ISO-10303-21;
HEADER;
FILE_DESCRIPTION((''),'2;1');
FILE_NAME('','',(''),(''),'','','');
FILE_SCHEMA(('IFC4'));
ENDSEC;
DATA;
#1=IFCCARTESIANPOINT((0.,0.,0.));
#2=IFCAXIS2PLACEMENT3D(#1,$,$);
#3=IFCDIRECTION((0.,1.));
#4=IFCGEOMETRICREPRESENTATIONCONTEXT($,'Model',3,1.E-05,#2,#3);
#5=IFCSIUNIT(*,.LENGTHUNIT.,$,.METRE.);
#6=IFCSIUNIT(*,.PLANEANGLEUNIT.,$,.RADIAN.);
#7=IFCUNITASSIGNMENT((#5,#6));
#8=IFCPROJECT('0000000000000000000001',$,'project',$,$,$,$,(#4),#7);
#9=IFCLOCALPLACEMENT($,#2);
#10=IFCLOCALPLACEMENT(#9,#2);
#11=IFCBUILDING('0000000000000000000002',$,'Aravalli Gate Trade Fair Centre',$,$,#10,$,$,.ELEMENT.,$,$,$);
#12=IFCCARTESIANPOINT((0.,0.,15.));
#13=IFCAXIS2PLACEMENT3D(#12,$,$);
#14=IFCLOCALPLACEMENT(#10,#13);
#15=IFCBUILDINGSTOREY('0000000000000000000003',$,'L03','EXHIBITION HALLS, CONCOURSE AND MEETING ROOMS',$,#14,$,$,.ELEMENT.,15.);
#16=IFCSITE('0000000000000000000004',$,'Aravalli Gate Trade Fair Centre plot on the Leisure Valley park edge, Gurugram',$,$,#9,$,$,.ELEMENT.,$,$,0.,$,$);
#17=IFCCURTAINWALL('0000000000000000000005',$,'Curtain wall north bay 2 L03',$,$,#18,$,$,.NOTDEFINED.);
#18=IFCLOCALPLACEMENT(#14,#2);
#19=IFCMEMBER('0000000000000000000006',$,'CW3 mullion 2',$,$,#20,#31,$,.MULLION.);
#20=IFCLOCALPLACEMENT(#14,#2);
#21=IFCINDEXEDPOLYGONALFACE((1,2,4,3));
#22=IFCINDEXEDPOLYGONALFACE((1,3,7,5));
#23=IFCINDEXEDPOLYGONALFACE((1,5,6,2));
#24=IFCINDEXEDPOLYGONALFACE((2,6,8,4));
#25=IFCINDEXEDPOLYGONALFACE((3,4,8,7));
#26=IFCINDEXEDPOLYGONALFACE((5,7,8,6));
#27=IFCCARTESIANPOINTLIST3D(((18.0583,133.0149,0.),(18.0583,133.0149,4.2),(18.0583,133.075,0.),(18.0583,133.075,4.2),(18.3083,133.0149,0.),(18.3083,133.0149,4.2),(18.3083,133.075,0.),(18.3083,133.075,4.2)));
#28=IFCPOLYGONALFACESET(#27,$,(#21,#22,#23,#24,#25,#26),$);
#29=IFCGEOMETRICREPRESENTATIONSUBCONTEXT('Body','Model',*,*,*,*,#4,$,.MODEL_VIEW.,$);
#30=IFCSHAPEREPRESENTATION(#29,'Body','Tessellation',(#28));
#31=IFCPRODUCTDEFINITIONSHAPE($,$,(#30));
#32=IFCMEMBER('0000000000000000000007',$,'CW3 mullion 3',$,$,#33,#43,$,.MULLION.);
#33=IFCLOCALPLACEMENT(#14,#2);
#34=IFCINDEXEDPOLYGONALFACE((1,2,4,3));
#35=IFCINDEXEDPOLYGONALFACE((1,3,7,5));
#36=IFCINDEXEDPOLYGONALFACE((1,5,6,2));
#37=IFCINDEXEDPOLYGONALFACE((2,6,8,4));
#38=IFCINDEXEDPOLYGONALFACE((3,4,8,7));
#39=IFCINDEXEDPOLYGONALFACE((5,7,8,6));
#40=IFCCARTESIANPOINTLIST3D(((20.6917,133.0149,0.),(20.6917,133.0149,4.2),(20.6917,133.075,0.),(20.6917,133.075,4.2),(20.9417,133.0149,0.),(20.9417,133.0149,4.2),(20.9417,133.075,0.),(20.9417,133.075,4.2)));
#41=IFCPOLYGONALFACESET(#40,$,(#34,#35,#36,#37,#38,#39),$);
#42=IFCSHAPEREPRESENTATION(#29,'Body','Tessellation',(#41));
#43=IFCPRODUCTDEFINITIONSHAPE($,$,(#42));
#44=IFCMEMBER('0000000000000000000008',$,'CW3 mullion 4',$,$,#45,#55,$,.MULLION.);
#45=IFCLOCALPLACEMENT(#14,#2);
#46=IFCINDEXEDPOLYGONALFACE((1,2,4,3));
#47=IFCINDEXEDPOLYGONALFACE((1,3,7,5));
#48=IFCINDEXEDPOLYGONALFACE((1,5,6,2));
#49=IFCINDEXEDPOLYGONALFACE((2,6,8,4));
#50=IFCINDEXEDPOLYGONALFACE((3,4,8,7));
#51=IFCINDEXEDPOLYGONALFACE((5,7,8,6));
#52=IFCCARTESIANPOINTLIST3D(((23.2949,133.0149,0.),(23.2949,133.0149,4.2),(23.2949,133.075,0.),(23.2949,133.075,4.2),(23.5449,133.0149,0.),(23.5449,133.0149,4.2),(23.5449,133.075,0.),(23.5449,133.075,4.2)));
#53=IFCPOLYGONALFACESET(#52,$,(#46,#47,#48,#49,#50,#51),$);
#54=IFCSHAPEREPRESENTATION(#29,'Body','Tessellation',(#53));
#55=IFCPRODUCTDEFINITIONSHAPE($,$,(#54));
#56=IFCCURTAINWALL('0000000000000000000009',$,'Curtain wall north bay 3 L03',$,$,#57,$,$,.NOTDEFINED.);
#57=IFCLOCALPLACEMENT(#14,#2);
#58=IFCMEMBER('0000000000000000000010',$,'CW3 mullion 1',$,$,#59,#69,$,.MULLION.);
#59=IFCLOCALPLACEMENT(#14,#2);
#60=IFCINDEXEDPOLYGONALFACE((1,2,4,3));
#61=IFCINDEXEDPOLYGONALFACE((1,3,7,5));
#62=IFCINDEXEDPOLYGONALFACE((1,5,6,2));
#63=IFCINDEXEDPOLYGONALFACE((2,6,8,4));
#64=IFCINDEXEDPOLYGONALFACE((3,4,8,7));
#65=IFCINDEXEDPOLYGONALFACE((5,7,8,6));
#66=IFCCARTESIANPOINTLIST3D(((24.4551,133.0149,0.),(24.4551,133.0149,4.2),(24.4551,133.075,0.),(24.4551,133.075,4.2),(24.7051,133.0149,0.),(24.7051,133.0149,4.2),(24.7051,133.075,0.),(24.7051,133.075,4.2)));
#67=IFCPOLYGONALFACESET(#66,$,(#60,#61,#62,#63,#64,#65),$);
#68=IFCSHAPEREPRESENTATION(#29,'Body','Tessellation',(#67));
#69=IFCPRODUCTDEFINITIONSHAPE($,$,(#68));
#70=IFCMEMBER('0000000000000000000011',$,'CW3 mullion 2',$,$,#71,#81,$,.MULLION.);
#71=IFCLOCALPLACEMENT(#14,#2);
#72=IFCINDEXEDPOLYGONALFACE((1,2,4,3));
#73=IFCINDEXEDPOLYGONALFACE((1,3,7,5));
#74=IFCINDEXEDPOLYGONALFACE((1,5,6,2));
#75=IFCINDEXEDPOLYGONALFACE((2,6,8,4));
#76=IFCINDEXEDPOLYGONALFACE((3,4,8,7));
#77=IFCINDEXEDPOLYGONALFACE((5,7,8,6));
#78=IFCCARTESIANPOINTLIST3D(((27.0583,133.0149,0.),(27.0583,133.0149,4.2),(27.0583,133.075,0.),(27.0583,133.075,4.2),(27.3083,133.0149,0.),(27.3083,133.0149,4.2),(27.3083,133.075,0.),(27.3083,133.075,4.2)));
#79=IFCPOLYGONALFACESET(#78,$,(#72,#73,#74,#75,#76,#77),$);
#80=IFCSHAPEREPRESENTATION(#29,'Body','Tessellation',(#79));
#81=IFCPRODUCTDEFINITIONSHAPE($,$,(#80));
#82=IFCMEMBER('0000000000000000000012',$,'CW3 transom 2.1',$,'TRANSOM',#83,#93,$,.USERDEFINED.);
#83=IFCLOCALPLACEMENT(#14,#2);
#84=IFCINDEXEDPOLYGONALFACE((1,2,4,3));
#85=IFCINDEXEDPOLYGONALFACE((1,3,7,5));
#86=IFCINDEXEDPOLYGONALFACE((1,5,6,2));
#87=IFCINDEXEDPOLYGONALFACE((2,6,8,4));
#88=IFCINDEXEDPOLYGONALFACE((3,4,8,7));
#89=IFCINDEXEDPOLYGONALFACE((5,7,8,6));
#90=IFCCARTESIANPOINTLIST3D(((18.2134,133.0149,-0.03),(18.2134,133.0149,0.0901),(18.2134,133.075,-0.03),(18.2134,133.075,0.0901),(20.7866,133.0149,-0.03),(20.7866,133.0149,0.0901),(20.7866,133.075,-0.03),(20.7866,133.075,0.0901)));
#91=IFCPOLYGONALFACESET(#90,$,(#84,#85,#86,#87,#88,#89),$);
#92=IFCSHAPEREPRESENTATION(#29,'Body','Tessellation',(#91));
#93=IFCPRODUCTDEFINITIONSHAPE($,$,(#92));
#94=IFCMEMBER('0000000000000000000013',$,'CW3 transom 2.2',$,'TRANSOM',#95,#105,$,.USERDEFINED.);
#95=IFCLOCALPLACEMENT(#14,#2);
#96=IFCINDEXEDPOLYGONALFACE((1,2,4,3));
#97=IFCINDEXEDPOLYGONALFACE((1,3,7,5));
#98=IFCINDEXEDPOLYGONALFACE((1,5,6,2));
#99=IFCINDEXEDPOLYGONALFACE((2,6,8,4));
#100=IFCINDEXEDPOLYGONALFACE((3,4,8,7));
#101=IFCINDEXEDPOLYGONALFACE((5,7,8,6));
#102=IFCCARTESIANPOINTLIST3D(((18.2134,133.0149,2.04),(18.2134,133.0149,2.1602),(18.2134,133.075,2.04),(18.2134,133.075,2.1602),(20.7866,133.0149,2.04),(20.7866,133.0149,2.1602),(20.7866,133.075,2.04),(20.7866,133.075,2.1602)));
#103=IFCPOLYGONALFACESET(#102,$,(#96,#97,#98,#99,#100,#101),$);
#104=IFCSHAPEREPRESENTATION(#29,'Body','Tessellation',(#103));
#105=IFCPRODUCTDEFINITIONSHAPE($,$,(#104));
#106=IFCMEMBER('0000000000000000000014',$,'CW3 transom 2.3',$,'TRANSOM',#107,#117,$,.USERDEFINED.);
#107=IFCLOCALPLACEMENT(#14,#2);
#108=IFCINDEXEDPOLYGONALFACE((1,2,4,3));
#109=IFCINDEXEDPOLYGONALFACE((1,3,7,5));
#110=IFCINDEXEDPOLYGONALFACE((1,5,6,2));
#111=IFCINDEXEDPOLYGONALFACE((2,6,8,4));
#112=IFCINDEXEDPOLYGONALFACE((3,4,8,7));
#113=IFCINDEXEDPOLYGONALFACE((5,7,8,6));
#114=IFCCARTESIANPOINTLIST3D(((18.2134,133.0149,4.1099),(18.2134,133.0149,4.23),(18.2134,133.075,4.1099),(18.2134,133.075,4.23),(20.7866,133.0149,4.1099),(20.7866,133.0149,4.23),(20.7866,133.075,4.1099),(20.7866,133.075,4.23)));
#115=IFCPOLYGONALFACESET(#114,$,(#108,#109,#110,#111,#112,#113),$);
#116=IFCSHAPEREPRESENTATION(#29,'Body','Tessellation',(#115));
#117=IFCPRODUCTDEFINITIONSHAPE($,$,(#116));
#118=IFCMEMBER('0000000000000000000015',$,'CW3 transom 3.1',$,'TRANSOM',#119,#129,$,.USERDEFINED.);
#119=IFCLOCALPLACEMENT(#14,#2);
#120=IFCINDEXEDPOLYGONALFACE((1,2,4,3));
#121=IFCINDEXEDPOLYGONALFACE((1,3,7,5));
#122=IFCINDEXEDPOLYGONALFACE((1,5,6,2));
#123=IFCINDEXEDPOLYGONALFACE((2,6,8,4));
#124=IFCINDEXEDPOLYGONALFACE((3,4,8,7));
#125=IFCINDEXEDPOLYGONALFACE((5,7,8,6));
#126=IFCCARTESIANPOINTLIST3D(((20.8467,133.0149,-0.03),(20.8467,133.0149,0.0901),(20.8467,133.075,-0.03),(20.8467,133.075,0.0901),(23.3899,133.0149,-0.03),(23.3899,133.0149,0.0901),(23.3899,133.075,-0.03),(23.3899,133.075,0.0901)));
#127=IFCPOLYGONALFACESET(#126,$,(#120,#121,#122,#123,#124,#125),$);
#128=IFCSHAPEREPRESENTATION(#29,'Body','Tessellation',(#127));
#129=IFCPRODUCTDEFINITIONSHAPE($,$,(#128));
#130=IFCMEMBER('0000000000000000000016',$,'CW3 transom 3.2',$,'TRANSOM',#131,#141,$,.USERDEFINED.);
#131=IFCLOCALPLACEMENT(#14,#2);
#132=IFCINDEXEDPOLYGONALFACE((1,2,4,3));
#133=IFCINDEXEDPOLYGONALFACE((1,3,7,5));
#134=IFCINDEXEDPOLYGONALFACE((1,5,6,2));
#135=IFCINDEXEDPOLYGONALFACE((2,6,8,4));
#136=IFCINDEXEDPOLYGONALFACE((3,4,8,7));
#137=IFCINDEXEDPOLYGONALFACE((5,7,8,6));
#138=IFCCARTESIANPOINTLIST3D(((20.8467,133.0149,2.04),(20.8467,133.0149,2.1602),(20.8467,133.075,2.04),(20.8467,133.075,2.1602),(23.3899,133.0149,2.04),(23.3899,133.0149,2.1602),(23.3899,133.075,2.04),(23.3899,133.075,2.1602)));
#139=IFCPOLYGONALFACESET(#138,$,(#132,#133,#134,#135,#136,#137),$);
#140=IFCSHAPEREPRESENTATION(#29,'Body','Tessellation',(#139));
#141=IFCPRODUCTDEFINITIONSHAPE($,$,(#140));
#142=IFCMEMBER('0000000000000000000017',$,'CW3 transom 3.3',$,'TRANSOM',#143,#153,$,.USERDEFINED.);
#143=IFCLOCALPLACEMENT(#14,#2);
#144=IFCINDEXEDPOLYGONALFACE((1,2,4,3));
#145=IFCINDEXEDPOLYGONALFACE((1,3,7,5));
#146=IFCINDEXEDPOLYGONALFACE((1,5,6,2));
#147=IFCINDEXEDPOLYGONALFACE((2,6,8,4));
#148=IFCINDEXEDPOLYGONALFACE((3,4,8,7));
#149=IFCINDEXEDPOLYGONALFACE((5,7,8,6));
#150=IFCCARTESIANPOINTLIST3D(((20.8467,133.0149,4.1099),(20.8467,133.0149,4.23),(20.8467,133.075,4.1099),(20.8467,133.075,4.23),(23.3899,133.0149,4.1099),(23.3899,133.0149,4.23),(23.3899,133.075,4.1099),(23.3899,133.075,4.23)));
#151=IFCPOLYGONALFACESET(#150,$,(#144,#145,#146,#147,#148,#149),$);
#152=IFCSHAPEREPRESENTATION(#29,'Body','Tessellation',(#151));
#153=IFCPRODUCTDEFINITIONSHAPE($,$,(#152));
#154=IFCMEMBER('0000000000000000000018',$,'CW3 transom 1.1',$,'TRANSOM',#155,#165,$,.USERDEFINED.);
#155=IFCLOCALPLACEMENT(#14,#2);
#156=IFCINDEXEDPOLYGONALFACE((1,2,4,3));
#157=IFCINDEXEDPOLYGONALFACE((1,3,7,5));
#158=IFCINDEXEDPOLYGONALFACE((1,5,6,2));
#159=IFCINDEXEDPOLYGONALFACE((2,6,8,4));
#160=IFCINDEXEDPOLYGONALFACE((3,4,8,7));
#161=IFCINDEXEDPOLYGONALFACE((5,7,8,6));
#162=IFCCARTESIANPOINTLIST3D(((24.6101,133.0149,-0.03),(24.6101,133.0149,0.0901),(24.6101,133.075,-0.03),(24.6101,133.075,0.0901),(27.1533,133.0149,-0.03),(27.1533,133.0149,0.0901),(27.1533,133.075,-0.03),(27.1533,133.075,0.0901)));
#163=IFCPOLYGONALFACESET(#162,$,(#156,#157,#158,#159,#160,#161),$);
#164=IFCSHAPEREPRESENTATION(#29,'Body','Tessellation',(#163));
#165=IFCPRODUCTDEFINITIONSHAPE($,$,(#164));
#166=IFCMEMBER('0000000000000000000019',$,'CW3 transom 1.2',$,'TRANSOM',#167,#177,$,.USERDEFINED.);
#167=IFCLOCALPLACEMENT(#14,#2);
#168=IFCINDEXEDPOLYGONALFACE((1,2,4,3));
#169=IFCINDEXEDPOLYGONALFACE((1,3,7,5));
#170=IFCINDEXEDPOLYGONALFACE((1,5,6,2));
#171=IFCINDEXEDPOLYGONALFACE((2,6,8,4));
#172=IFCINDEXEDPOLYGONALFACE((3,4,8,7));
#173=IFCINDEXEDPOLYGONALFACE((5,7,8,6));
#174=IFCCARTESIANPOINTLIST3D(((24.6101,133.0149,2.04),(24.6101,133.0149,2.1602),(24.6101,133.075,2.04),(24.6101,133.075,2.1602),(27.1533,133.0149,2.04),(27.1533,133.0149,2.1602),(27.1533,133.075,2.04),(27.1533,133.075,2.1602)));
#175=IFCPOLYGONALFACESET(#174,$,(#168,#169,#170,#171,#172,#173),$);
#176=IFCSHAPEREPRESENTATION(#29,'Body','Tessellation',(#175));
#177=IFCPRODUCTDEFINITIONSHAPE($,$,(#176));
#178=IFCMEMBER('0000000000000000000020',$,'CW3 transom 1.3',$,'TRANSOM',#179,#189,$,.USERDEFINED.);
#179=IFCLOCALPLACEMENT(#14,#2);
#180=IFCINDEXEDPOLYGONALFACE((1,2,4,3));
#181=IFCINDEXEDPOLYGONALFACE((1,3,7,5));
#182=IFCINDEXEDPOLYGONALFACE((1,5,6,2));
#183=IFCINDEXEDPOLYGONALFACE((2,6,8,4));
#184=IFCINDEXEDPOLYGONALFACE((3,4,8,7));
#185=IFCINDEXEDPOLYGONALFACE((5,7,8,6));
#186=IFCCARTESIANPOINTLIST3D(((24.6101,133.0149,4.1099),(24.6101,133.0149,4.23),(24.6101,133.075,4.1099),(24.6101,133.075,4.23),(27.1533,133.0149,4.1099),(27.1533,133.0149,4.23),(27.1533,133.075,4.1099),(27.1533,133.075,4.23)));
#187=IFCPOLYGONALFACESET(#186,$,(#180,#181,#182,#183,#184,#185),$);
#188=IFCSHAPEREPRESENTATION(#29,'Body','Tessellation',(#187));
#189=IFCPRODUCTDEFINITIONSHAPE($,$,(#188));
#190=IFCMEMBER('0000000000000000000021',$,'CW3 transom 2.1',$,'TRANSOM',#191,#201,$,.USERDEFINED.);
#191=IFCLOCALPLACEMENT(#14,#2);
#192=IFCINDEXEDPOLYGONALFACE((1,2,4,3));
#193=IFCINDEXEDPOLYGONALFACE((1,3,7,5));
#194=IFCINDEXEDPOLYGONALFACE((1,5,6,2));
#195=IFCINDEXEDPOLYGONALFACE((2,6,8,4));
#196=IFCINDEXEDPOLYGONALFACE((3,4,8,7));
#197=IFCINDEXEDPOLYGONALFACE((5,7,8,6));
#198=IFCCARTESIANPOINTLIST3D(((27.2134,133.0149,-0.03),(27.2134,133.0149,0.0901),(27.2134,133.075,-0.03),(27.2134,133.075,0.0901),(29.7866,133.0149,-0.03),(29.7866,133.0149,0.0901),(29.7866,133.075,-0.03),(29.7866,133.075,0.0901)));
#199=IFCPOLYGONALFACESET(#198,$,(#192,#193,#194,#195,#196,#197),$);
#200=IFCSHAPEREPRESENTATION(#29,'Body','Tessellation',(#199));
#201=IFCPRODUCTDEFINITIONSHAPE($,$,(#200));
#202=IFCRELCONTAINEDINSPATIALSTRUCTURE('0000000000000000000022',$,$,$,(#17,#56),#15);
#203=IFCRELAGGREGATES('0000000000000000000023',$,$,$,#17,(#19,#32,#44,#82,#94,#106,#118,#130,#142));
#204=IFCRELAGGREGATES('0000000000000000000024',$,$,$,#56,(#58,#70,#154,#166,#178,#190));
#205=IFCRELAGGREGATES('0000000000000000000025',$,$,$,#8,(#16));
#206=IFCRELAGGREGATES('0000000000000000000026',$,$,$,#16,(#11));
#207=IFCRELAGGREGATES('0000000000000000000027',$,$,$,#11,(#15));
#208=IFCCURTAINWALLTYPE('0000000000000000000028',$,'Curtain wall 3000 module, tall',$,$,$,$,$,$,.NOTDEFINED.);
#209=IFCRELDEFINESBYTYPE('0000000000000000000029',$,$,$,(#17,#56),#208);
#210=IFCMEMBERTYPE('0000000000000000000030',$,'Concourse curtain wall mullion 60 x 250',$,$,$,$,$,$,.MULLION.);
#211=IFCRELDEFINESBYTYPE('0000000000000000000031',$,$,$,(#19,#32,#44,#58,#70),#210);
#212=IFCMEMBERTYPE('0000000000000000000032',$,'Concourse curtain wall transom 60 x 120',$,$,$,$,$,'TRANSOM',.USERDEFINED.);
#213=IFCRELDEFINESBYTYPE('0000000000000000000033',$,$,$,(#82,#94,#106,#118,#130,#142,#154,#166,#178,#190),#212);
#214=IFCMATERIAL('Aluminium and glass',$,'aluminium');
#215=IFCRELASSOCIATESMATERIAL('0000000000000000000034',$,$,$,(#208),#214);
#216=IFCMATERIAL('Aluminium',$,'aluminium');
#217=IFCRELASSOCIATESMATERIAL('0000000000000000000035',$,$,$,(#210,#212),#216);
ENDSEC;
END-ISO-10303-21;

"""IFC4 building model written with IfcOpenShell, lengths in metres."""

from ifc_helpers import new_model, si_unit, direction, frame, origin, origin_2d, place, context, subcontext, project, spatial, rectangle, extrude, material, material_profile, profile_set, type_object, element, aggregate, save


model = new_model("IFC4")

# Units and contexts
model_context = context("Model", 3, precision=1e-05, world=origin(), true_north=direction((0.0, 1.0)))
body_context = subcontext(model_context, "Body", "Model", "MODEL_VIEW")
ifc_project = project(units=[si_unit("LENGTHUNIT", "METRE"), si_unit("PLANEANGLEUNIT", "RADIAN")], contexts=[model_context])

# Site, building, storey
site_placement = place(None, origin())
site = spatial("IfcSite", under=ifc_project, at=site_placement, Name="Aravalli Gate Trade Fair Centre plot on the Leisure Valley park edge, Gurugram", CompositionType="ELEMENT", RefElevation=0.0)
building_placement = place(site_placement, origin())
building = spatial("IfcBuilding", under=site, at=building_placement, Name="Aravalli Gate Trade Fair Centre", CompositionType="ELEMENT")
storey_placement = place(building_placement, frame((0.0, 0.0, 15.0)))
storey = spatial("IfcBuildingStorey", under=building, at=storey_placement, Name="L03", Description="EXHIBITION HALLS, CONCOURSE AND MEETING ROOMS", CompositionType="ELEMENT", Elevation=15.0)

# Curtain walls, members
ifc_material_1 = material(Name="Aluminium and glass", Category="aluminium")
curtain_wall_type = type_object("IfcCurtainWallType", Name="Curtain wall 3000 module, tall", PredefinedType="NOTDEFINED", material=ifc_material_1)
curtain_wall_1_placement = place(storey_placement, origin())
curtain_wall_1 = element("IfcCurtainWall", 1, at=curtain_wall_1_placement, inside=storey, type_object=curtain_wall_type, Name="Curtain wall north bay 2 L03", PredefinedType="NOTDEFINED")
ifc_material_2 = material(Name="Aluminium", Category="aluminium")
ifc_material_profile_1 = material_profile(ifc_material_2, rectangle(XDim=0.0601, YDim=0.25, at=origin_2d()), Name="Concourse curtain wall mullion 60 x 250")
ifc_profile_set_1 = profile_set([ifc_material_profile_1], Name="Aluminium")
member_type_1 = type_object("IfcMemberType", Name="Concourse curtain wall mullion 60 x 250", PredefinedType="MULLION", material=ifc_profile_set_1)
member_1_placement = place(storey_placement, frame((18.1833, 133.0449, 0.0), z_axis=(0.0, 0.0, 1.0), x_axis=(0.0, 1.0, 0.0)))
member_1 = element("IfcMember", 2, at=member_1_placement, type_object=member_type_1, Name="CW3 mullion 2", PredefinedType="MULLION", context=body_context, shape_type="SweptSolid", body=[
    extrude(rectangle(XDim=0.0601, YDim=0.25, at=origin_2d()), origin(), (0.0, 0.0, 1.0), 4.2),
])
member_2_placement = place(storey_placement, frame((20.8167, 133.0449, 0.0), z_axis=(0.0, 0.0, 1.0), x_axis=(0.0, 1.0, 0.0)))
member_2 = element("IfcMember", 3, at=member_2_placement, type_object=member_type_1, Name="CW3 mullion 3", PredefinedType="MULLION", context=body_context, shape_type="SweptSolid", body=[
    extrude(rectangle(XDim=0.0601, YDim=0.25, at=origin_2d()), origin(), (0.0, 0.0, 1.0), 4.2),
])
member_3_placement = place(storey_placement, frame((23.4199, 133.0449, 0.0), z_axis=(0.0, 0.0, 1.0), x_axis=(0.0, 1.0, 0.0)))
member_3 = element("IfcMember", 4, at=member_3_placement, type_object=member_type_1, Name="CW3 mullion 4", PredefinedType="MULLION", context=body_context, shape_type="SweptSolid", body=[
    extrude(rectangle(XDim=0.0601, YDim=0.25, at=origin_2d()), origin(), (0.0, 0.0, 1.0), 4.2),
])
curtain_wall_2_placement = place(storey_placement, origin())
curtain_wall_2 = element("IfcCurtainWall", 5, at=curtain_wall_2_placement, inside=storey, type_object=curtain_wall_type, Name="Curtain wall north bay 3 L03", PredefinedType="NOTDEFINED")
member_4_placement = place(storey_placement, frame((24.5801, 133.0449, 0.0), z_axis=(0.0, 0.0, 1.0), x_axis=(0.0, 1.0, 0.0)))
member_4 = element("IfcMember", 6, at=member_4_placement, type_object=member_type_1, Name="CW3 mullion 1", PredefinedType="MULLION", context=body_context, shape_type="SweptSolid", body=[
    extrude(rectangle(XDim=0.0601, YDim=0.25, at=origin_2d()), origin(), (0.0, 0.0, 1.0), 4.2),
])
member_5_placement = place(storey_placement, frame((27.1833, 133.0449, 0.0), z_axis=(0.0, 0.0, 1.0), x_axis=(0.0, 1.0, 0.0)))
member_5 = element("IfcMember", 7, at=member_5_placement, type_object=member_type_1, Name="CW3 mullion 2", PredefinedType="MULLION", context=body_context, shape_type="SweptSolid", body=[
    extrude(rectangle(XDim=0.0601, YDim=0.25, at=origin_2d()), origin(), (0.0, 0.0, 1.0), 4.2),
])

# Members
ifc_material_profile_2 = material_profile(ifc_material_2, rectangle(XDim=0.0601, YDim=0.1201, at=origin_2d()), Name="Concourse curtain wall transom 60 x 120")
ifc_profile_set_2 = profile_set([ifc_material_profile_2], Name="Aluminium")
member_type_2 = type_object("IfcMemberType", Name="Concourse curtain wall transom 60 x 120", ElementType="TRANSOM", PredefinedType="USERDEFINED", material=ifc_profile_set_2)
member_6_placement = place(storey_placement, frame((18.2134, 133.0449, 0.03), z_axis=(1.0, 0.0, 0.0), x_axis=(0.0, 1.0, 0.0)))
member_6 = element("IfcMember", 8, at=member_6_placement, type_object=member_type_2, Name="CW3 transom 2.1", ObjectType="TRANSOM", PredefinedType="USERDEFINED", context=body_context, shape_type="SweptSolid", body=[
    extrude(rectangle(XDim=0.0601, YDim=0.1201, at=origin_2d()), origin(), (0.0, 0.0, 1.0), 2.5732),
])
member_7_placement = place(storey_placement, frame((18.2134, 133.0449, 2.1001), z_axis=(1.0, 0.0, 0.0), x_axis=(0.0, 1.0, 0.0)))
member_7 = element("IfcMember", 9, at=member_7_placement, type_object=member_type_2, Name="CW3 transom 2.2", ObjectType="TRANSOM", PredefinedType="USERDEFINED", context=body_context, shape_type="SweptSolid", body=[
    extrude(rectangle(XDim=0.0601, YDim=0.1201, at=origin_2d()), origin(), (0.0, 0.0, 1.0), 2.5732),
])
member_8_placement = place(storey_placement, frame((18.2134, 133.0449, 4.1699), z_axis=(1.0, 0.0, 0.0), x_axis=(0.0, 1.0, 0.0)))
member_8 = element("IfcMember", 10, at=member_8_placement, type_object=member_type_2, Name="CW3 transom 2.3", ObjectType="TRANSOM", PredefinedType="USERDEFINED", context=body_context, shape_type="SweptSolid", body=[
    extrude(rectangle(XDim=0.0601, YDim=0.1201, at=origin_2d()), origin(), (0.0, 0.0, 1.0), 2.5732),
])
member_9_placement = place(storey_placement, frame((20.8467, 133.0449, 0.03), z_axis=(1.0, 0.0, 0.0), x_axis=(0.0, 1.0, 0.0)))
member_9 = element("IfcMember", 11, at=member_9_placement, type_object=member_type_2, Name="CW3 transom 3.1", ObjectType="TRANSOM", PredefinedType="USERDEFINED", context=body_context, shape_type="SweptSolid", body=[
    extrude(rectangle(XDim=0.0601, YDim=0.1201, at=origin_2d()), origin(), (0.0, 0.0, 1.0), 2.5432),
])
member_10_placement = place(storey_placement, frame((20.8467, 133.0449, 2.1001), z_axis=(1.0, 0.0, 0.0), x_axis=(0.0, 1.0, 0.0)))
member_10 = element("IfcMember", 12, at=member_10_placement, type_object=member_type_2, Name="CW3 transom 3.2", ObjectType="TRANSOM", PredefinedType="USERDEFINED", context=body_context, shape_type="SweptSolid", body=[
    extrude(rectangle(XDim=0.0601, YDim=0.1201, at=origin_2d()), origin(), (0.0, 0.0, 1.0), 2.5432),
])
member_11_placement = place(storey_placement, frame((20.8467, 133.0449, 4.1699), z_axis=(1.0, 0.0, 0.0), x_axis=(0.0, 1.0, 0.0)))
member_11 = element("IfcMember", 13, at=member_11_placement, type_object=member_type_2, Name="CW3 transom 3.3", ObjectType="TRANSOM", PredefinedType="USERDEFINED", context=body_context, shape_type="SweptSolid", body=[
    extrude(rectangle(XDim=0.0601, YDim=0.1201, at=origin_2d()), origin(), (0.0, 0.0, 1.0), 2.5432),
])
member_12_placement = place(storey_placement, frame((24.6101, 133.0449, 0.03), z_axis=(1.0, 0.0, 0.0), x_axis=(0.0, 1.0, 0.0)))
member_12 = element("IfcMember", 14, at=member_12_placement, type_object=member_type_2, Name="CW3 transom 1.1", ObjectType="TRANSOM", PredefinedType="USERDEFINED", context=body_context, shape_type="SweptSolid", body=[
    extrude(rectangle(XDim=0.0601, YDim=0.1201, at=origin_2d()), origin(), (0.0, 0.0, 1.0), 2.5432),
])
member_13_placement = place(storey_placement, frame((24.6101, 133.0449, 2.1001), z_axis=(1.0, 0.0, 0.0), x_axis=(0.0, 1.0, 0.0)))
member_13 = element("IfcMember", 15, at=member_13_placement, type_object=member_type_2, Name="CW3 transom 1.2", ObjectType="TRANSOM", PredefinedType="USERDEFINED", context=body_context, shape_type="SweptSolid", body=[
    extrude(rectangle(XDim=0.0601, YDim=0.1201, at=origin_2d()), origin(), (0.0, 0.0, 1.0), 2.5432),
])
member_14_placement = place(storey_placement, frame((24.6101, 133.0449, 4.1699), z_axis=(1.0, 0.0, 0.0), x_axis=(0.0, 1.0, 0.0)))
member_14 = element("IfcMember", 16, at=member_14_placement, type_object=member_type_2, Name="CW3 transom 1.3", ObjectType="TRANSOM", PredefinedType="USERDEFINED", context=body_context, shape_type="SweptSolid", body=[
    extrude(rectangle(XDim=0.0601, YDim=0.1201, at=origin_2d()), origin(), (0.0, 0.0, 1.0), 2.5432),
])
member_15_placement = place(storey_placement, frame((27.2134, 133.0449, 0.03), z_axis=(1.0, 0.0, 0.0), x_axis=(0.0, 1.0, 0.0)))
member_15 = element("IfcMember", 17, at=member_15_placement, type_object=member_type_2, Name="CW3 transom 2.1", ObjectType="TRANSOM", PredefinedType="USERDEFINED", context=body_context, shape_type="SweptSolid", body=[
    extrude(rectangle(XDim=0.0601, YDim=0.1201, at=origin_2d()), origin(), (0.0, 0.0, 1.0), 2.5732),
])

aggregate(curtain_wall_1, [member_1, member_2, member_3, member_6, member_7, member_8, member_9, member_10, member_11])
aggregate(curtain_wall_2, [member_4, member_5, member_12, member_13, member_14, member_15])

save(model, "model.ifc")
